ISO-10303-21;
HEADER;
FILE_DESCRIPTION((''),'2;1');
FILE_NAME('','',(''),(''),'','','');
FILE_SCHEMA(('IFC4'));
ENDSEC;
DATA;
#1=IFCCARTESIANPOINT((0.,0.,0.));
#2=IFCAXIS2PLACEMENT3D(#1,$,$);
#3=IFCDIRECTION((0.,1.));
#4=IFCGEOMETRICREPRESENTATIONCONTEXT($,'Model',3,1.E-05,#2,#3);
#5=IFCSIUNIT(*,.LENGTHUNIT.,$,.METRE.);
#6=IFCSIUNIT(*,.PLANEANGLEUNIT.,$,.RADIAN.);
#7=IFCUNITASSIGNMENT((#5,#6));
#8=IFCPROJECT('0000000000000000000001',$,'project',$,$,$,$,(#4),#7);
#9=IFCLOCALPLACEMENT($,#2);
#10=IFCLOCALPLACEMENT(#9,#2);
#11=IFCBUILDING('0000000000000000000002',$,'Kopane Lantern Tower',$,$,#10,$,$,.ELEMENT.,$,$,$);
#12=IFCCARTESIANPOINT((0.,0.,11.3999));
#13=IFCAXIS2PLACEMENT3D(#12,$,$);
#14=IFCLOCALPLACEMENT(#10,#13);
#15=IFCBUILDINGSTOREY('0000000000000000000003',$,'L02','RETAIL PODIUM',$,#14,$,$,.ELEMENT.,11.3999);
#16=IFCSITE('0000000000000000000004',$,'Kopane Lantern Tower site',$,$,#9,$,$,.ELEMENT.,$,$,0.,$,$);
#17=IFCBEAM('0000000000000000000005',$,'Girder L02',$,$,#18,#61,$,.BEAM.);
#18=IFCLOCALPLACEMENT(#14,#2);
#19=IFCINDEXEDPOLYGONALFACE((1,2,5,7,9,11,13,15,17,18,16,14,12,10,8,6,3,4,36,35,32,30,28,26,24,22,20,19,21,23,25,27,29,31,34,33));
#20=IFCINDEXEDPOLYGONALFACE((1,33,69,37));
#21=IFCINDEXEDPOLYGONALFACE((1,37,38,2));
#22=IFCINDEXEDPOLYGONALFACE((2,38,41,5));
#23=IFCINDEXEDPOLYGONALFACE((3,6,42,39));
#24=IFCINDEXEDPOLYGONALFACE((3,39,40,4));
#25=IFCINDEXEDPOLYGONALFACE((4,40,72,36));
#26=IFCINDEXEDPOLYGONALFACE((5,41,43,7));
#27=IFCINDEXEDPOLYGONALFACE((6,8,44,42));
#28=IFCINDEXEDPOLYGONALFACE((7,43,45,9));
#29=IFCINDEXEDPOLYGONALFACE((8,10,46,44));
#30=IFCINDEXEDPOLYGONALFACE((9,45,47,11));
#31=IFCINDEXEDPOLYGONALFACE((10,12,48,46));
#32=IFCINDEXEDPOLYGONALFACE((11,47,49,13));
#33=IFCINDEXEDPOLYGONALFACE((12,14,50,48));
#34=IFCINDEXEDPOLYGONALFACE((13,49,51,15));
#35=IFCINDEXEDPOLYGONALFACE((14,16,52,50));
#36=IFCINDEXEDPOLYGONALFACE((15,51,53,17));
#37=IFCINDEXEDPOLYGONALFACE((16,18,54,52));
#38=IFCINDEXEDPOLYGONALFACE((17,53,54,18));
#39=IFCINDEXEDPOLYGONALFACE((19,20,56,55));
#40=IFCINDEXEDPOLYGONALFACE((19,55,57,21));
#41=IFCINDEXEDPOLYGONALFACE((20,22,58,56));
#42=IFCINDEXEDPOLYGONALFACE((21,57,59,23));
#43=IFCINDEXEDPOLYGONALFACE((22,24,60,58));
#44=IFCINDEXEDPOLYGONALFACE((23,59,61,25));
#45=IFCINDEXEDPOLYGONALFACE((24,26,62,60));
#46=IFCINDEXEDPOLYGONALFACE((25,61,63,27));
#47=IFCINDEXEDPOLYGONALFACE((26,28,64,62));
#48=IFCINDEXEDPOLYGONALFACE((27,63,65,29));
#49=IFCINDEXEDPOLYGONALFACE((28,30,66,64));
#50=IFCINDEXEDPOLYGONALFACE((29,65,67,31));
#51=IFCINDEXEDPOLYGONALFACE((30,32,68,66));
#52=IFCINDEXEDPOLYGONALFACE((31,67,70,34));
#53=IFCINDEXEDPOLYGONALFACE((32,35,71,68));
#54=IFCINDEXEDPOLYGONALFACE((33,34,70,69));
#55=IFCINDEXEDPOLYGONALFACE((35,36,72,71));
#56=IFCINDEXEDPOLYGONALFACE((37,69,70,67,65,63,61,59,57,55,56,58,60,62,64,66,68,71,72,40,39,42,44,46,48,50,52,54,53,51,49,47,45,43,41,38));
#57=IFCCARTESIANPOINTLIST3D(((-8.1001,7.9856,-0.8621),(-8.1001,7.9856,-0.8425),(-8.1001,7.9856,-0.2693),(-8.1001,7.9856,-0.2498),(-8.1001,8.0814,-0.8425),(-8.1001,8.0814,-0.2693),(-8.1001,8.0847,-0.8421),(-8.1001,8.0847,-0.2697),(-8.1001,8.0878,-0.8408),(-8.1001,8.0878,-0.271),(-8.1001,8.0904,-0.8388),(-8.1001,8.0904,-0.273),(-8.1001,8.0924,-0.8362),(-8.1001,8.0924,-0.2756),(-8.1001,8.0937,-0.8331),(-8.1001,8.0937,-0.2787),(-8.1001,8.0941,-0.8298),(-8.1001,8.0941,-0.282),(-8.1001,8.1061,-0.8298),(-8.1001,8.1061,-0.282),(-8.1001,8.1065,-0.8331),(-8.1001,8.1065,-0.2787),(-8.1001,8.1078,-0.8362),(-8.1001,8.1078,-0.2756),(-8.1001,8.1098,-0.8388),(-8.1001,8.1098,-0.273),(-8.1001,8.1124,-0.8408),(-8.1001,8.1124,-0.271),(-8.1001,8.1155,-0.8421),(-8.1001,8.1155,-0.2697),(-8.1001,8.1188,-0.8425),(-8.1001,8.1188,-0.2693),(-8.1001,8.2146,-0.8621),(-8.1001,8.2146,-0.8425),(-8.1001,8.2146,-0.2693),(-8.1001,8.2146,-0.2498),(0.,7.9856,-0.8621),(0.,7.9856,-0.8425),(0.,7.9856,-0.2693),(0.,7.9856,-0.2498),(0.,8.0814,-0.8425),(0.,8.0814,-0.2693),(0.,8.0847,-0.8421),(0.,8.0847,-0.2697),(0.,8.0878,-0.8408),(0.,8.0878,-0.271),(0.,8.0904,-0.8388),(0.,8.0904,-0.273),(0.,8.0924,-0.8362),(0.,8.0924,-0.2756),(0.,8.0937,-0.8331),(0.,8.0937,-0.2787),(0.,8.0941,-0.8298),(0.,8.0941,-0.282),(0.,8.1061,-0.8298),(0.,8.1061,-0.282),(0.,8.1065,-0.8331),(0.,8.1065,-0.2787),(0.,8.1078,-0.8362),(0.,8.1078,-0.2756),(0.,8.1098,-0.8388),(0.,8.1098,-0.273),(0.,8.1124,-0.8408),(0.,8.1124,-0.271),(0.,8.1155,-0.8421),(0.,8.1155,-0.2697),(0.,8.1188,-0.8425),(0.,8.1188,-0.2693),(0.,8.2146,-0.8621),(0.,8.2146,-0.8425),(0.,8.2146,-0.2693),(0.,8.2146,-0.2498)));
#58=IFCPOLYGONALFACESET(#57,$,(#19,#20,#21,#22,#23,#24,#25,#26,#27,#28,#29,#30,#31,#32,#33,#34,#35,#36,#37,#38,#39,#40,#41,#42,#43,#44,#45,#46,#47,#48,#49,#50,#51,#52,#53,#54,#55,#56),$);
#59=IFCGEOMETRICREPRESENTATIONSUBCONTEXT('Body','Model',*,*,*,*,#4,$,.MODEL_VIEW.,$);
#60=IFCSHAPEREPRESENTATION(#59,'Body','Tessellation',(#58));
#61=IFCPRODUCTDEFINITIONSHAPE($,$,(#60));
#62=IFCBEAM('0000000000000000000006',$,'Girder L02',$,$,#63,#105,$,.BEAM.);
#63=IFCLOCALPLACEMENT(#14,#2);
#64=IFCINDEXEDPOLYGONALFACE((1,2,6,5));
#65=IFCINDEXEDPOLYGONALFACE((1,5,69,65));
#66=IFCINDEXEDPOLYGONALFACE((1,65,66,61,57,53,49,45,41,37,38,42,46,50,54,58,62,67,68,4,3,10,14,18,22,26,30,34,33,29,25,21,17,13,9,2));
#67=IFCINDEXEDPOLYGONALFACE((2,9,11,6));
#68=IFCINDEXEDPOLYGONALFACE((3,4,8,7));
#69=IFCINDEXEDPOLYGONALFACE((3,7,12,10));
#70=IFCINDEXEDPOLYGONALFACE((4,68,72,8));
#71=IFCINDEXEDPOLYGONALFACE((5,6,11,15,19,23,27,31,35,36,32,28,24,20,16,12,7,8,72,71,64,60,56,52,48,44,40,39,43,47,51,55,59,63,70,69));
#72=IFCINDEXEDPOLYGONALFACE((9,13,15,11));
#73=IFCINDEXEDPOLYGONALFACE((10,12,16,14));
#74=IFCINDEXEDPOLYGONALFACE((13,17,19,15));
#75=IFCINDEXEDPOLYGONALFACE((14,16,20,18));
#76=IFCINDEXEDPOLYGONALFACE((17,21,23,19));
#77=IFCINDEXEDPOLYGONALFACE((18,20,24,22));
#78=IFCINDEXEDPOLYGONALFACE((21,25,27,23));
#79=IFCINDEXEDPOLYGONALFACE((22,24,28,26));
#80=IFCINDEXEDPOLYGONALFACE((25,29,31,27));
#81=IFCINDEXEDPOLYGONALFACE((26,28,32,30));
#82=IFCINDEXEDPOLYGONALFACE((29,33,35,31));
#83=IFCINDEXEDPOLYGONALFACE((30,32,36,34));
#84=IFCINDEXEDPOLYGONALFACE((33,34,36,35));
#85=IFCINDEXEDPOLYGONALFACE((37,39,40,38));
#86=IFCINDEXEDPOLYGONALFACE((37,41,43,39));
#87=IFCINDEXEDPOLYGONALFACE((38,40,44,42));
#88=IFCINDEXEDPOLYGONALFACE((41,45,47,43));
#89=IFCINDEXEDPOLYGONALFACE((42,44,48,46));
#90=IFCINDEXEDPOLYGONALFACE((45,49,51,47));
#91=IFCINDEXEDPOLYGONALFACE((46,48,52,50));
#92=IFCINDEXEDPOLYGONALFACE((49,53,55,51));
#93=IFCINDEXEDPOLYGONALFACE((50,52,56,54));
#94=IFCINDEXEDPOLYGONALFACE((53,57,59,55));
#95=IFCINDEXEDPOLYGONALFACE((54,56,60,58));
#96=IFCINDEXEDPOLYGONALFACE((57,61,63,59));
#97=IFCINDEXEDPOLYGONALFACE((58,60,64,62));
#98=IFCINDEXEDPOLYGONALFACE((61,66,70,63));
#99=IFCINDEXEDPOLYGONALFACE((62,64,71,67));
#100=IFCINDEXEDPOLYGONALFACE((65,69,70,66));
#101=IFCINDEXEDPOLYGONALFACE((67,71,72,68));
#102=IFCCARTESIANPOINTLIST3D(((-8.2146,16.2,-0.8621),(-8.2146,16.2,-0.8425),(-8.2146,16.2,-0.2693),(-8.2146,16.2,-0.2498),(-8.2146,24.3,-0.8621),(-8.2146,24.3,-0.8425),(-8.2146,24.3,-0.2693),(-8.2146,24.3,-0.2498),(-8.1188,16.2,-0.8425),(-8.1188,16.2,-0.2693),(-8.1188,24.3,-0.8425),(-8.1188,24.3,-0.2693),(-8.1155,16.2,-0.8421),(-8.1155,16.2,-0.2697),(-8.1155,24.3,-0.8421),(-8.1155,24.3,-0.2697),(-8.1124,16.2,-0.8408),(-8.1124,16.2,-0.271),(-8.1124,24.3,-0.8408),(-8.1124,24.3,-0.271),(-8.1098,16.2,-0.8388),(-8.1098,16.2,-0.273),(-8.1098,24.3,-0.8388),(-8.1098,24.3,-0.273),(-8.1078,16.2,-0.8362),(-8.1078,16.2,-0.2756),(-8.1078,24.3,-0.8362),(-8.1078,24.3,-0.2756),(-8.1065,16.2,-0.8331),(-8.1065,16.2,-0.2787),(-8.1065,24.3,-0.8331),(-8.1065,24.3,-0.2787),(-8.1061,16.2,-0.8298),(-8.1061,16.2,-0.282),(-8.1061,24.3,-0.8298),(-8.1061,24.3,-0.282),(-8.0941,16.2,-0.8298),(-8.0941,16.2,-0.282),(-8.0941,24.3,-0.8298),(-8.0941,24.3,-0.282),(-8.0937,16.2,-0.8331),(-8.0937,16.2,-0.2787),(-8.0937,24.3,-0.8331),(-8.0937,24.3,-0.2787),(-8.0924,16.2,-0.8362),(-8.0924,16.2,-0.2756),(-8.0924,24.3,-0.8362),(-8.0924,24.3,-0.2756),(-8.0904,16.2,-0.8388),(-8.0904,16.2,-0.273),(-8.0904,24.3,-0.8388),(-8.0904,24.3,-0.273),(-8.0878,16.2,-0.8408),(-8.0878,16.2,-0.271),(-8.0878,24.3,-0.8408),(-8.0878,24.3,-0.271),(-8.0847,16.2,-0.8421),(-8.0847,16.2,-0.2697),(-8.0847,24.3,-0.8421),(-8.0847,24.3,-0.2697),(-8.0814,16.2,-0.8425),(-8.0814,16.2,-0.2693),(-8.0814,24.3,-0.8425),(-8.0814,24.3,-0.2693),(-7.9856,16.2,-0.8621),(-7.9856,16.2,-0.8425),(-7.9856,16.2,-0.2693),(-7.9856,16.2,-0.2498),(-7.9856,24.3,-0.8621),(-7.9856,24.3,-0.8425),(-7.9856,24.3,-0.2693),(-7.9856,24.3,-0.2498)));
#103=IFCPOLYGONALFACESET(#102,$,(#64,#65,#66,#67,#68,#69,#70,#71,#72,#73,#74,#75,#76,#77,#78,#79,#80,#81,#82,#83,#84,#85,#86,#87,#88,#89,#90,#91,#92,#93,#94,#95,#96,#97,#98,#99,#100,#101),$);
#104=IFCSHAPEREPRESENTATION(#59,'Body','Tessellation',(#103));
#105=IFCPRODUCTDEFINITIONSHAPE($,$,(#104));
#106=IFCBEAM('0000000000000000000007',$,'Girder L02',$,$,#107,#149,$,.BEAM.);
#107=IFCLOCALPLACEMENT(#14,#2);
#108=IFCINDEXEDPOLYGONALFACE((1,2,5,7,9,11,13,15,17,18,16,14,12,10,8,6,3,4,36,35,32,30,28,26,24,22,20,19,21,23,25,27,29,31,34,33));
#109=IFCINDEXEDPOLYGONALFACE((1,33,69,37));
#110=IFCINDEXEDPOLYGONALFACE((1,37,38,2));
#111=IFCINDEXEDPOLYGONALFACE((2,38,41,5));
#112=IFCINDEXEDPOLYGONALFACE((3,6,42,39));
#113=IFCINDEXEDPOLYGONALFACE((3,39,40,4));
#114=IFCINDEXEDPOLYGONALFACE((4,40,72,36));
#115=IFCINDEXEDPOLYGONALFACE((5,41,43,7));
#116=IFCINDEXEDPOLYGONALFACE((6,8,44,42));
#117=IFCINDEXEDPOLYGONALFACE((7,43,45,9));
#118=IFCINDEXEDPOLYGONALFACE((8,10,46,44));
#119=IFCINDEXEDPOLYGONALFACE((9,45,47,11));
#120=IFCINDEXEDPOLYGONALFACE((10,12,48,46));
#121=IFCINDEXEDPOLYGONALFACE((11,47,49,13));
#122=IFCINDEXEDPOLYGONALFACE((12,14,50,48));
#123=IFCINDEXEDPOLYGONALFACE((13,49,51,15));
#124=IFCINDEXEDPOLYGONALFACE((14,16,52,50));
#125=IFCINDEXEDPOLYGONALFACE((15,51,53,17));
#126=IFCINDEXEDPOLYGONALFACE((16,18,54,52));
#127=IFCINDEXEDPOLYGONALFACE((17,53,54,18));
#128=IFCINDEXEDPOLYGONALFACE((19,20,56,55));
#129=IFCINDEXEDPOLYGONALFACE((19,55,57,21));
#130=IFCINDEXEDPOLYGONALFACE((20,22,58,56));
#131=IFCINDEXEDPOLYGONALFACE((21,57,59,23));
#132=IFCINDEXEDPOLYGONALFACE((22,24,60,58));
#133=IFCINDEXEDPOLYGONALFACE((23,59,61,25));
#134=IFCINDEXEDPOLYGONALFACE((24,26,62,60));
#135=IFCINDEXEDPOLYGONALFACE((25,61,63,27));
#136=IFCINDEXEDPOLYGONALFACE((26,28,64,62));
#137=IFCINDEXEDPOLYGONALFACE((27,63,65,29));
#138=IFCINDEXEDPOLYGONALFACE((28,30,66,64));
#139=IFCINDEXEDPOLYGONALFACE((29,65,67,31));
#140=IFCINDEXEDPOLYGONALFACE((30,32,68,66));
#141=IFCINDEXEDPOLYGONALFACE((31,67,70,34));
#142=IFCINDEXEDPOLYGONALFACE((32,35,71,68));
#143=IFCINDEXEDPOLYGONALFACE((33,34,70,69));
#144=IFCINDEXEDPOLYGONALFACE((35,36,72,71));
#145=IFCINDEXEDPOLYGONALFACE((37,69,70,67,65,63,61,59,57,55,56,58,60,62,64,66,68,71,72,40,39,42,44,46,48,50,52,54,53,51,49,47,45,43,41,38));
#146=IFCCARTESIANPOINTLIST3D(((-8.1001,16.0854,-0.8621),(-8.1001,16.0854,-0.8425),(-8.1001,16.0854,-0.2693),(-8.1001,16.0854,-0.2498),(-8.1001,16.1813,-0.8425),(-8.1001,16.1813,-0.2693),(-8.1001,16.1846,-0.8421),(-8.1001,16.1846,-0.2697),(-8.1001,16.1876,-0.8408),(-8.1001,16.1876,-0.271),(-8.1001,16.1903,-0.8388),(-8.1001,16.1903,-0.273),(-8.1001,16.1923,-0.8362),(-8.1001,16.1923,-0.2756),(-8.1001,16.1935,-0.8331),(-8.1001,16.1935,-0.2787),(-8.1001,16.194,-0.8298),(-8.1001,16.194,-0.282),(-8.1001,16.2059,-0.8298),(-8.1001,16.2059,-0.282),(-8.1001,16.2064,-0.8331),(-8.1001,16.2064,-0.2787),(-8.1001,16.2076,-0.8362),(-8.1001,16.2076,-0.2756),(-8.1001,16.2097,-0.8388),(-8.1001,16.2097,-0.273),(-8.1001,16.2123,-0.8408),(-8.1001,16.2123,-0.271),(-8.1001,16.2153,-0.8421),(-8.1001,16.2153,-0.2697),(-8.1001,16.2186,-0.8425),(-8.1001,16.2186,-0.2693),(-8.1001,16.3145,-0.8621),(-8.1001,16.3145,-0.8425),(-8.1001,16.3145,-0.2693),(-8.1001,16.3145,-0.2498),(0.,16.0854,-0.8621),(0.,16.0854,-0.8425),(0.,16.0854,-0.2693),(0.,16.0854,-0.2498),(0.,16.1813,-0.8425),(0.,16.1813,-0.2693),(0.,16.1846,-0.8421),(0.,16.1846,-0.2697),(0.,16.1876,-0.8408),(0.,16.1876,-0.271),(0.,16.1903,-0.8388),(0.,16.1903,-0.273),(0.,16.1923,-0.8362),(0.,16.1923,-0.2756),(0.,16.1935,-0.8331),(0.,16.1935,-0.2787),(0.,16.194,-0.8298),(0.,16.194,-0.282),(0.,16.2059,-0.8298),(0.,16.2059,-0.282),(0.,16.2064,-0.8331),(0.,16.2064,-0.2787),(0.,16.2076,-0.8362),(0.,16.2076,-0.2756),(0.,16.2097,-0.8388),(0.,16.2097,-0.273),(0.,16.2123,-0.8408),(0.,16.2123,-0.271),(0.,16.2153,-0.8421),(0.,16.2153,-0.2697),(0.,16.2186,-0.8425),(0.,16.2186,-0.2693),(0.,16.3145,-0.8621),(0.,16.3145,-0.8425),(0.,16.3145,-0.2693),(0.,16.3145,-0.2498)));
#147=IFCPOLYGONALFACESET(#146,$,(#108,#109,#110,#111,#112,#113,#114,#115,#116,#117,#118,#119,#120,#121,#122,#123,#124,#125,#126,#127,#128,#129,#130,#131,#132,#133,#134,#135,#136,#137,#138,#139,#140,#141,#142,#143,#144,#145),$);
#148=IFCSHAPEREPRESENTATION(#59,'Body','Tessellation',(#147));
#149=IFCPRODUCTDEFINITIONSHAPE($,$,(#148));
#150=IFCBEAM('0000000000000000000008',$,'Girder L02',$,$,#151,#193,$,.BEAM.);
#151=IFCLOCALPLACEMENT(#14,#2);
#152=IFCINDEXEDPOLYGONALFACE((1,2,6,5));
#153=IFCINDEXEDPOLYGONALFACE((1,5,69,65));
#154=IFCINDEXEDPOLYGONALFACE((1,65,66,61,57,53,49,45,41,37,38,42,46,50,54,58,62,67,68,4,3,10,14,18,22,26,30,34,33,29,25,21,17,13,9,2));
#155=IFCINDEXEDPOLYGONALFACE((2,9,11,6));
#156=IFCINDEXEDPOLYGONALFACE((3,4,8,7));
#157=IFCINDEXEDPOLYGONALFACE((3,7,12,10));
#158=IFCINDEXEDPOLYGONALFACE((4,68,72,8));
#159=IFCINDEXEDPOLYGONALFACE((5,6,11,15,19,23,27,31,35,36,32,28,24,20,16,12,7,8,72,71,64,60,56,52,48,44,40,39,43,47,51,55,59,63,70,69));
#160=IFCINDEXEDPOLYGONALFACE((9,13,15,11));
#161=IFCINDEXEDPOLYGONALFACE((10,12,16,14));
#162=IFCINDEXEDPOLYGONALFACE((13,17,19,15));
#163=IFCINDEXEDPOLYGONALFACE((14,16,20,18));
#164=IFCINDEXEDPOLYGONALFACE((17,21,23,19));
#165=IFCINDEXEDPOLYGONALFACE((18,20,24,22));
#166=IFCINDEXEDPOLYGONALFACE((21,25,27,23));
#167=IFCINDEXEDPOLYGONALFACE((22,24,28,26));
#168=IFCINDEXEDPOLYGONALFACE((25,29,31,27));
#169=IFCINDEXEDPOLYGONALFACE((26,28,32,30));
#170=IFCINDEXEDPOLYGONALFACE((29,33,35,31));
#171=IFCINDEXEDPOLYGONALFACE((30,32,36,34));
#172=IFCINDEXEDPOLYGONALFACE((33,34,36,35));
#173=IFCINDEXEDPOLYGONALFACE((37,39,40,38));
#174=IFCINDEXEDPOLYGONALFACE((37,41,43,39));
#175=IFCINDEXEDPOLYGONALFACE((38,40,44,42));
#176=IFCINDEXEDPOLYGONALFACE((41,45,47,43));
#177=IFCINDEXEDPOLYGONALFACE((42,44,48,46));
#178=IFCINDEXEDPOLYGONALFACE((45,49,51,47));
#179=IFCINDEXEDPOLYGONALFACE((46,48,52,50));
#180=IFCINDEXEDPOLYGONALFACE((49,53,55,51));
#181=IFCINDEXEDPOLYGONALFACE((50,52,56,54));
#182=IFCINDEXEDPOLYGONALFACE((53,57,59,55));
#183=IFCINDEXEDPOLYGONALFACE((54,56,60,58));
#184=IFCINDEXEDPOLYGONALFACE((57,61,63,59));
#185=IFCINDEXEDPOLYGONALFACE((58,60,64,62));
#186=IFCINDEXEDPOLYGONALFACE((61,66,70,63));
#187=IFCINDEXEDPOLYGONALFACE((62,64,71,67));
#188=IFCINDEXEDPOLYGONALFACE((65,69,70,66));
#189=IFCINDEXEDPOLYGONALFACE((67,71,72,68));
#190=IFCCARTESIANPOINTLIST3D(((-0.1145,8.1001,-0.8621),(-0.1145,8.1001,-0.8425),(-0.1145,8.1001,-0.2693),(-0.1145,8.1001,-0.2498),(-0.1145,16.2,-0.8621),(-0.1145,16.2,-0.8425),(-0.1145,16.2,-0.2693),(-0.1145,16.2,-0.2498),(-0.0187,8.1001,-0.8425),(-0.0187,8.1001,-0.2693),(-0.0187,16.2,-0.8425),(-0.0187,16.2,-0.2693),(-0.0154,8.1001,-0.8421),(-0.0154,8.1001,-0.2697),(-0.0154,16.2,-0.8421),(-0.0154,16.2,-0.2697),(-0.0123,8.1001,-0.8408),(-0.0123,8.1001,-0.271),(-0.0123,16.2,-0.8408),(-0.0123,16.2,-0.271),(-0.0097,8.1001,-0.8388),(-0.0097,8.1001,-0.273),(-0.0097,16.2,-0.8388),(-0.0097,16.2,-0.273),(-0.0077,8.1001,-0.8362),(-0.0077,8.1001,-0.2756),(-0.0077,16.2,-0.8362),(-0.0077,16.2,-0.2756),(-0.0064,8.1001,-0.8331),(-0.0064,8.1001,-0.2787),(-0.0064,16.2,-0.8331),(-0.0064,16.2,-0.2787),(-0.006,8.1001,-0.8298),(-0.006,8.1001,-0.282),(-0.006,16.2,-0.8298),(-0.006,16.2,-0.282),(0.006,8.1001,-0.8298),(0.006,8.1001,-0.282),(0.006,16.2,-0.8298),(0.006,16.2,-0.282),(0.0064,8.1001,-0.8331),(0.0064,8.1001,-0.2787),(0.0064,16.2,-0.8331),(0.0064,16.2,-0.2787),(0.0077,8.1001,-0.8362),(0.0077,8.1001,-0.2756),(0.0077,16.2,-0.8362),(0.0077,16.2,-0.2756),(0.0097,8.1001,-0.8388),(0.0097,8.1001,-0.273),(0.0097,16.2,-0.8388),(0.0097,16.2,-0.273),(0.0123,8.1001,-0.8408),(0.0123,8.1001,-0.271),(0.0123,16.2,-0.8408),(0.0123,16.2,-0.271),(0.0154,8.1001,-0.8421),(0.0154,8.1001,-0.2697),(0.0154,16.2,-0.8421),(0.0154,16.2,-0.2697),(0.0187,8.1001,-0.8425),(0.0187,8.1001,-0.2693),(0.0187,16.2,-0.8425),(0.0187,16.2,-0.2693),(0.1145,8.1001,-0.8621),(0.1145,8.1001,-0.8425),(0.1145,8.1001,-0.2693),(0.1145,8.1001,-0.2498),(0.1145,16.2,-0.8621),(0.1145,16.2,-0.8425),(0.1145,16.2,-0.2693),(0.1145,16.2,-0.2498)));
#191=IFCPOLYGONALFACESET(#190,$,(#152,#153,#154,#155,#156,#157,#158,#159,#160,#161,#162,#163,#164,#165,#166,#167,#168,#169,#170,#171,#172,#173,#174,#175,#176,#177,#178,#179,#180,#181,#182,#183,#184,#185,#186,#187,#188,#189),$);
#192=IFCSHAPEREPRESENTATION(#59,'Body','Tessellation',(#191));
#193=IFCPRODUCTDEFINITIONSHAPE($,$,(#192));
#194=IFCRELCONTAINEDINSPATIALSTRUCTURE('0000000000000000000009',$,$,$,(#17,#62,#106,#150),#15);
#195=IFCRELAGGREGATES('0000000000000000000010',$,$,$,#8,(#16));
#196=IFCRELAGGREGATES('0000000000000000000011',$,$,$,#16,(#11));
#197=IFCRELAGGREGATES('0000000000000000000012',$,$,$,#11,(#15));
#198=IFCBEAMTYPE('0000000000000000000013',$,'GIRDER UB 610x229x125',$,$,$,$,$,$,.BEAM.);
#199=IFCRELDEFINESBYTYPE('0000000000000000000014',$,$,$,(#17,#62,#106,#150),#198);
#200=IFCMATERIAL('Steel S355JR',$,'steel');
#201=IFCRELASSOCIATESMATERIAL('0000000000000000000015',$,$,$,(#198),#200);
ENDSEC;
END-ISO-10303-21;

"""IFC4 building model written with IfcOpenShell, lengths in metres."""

from ifc_helpers import new_model, si_unit, direction, frame, origin, origin_2d, place, context, subcontext, project, spatial, i_section, extrude, material, material_profile, profile_set, type_object, element, save


model = new_model("IFC4")

# Units and contexts
model_context = context("Model", 3, precision=1e-05, world=origin(), true_north=direction((0.0, 1.0)))
body_context = subcontext(model_context, "Body", "Model", "MODEL_VIEW")
ifc_project = project(units=[si_unit("LENGTHUNIT", "METRE"), si_unit("PLANEANGLEUNIT", "RADIAN")], contexts=[model_context])

# Site, building, storey
site_placement = place(None, origin())
site = spatial("IfcSite", under=ifc_project, at=site_placement, Name="Kopane Lantern Tower site", CompositionType="ELEMENT", RefElevation=0.0)
building_placement = place(site_placement, origin())
building = spatial("IfcBuilding", under=site, at=building_placement, Name="Kopane Lantern Tower", CompositionType="ELEMENT")
storey_placement = place(building_placement, frame((0.0, 0.0, 11.3999)))
storey = spatial("IfcBuildingStorey", under=building, at=storey_placement, Name="L02", Description="RETAIL PODIUM", CompositionType="ELEMENT", Elevation=11.3999)

# Beams
ifc_material_1 = material(Name="Steel S355JR", Category="steel")
ifc_material_profile_1 = material_profile(ifc_material_1, i_section(OverallWidth=0.229, OverallDepth=0.6123, WebThickness=0.012, FlangeThickness=0.0195, FilletRadius=0.0127, at=origin_2d()), Name="UB 610x229x125")
ifc_profile_set_1 = profile_set([ifc_material_profile_1], Name="Steel S355JR")
beam_type = type_object("IfcBeamType", Name="GIRDER UB 610x229x125", PredefinedType="BEAM", material=ifc_profile_set_1)
for number, where, z_axis, x_axis, name in (
    (1, (-8.1001, 8.1001, -0.5559), (1.0, 0.0, 0.0), (0.0, 1.0, 0.0), "Girder L02"),
    (2, (-8.1001, 16.2, -0.5559), (0.0, 1.0, 0.0), (-1.0, 0.0, 0.0), "Girder L02"),
    (3, (-8.1001, 16.2, -0.5559), (1.0, 0.0, 0.0), (0.0, 1.0, 0.0), "Girder L02"),
):
    element("IfcBeam", number, at=place(storey_placement, frame(where, z_axis=z_axis, x_axis=x_axis)), inside=storey, type_object=beam_type, Name=name, PredefinedType="BEAM", context=body_context, shape_type="SweptSolid", body=[
        extrude(i_section(OverallWidth=0.229, OverallDepth=0.6123, WebThickness=0.012, FlangeThickness=0.0195, FilletRadius=0.0127, at=origin_2d()), origin(), (0.0, 0.0, 1.0), 8.1001),
    ])
beam_1_placement = place(storey_placement, frame((0.0, 8.1001, -0.5559), z_axis=(0.0, 1.0, 0.0), x_axis=(-1.0, 0.0, 0.0)))
element("IfcBeam", 4, at=beam_1_placement, inside=storey, type_object=beam_type, Name="Girder L02", PredefinedType="BEAM", context=body_context, shape_type="SweptSolid", body=[
    extrude(i_section(OverallWidth=0.229, OverallDepth=0.6123, WebThickness=0.012, FlangeThickness=0.0195, FilletRadius=0.0127, at=origin_2d()), origin(), (0.0, 0.0, 1.0), 8.0999),
])

save(model, "model.ifc")
